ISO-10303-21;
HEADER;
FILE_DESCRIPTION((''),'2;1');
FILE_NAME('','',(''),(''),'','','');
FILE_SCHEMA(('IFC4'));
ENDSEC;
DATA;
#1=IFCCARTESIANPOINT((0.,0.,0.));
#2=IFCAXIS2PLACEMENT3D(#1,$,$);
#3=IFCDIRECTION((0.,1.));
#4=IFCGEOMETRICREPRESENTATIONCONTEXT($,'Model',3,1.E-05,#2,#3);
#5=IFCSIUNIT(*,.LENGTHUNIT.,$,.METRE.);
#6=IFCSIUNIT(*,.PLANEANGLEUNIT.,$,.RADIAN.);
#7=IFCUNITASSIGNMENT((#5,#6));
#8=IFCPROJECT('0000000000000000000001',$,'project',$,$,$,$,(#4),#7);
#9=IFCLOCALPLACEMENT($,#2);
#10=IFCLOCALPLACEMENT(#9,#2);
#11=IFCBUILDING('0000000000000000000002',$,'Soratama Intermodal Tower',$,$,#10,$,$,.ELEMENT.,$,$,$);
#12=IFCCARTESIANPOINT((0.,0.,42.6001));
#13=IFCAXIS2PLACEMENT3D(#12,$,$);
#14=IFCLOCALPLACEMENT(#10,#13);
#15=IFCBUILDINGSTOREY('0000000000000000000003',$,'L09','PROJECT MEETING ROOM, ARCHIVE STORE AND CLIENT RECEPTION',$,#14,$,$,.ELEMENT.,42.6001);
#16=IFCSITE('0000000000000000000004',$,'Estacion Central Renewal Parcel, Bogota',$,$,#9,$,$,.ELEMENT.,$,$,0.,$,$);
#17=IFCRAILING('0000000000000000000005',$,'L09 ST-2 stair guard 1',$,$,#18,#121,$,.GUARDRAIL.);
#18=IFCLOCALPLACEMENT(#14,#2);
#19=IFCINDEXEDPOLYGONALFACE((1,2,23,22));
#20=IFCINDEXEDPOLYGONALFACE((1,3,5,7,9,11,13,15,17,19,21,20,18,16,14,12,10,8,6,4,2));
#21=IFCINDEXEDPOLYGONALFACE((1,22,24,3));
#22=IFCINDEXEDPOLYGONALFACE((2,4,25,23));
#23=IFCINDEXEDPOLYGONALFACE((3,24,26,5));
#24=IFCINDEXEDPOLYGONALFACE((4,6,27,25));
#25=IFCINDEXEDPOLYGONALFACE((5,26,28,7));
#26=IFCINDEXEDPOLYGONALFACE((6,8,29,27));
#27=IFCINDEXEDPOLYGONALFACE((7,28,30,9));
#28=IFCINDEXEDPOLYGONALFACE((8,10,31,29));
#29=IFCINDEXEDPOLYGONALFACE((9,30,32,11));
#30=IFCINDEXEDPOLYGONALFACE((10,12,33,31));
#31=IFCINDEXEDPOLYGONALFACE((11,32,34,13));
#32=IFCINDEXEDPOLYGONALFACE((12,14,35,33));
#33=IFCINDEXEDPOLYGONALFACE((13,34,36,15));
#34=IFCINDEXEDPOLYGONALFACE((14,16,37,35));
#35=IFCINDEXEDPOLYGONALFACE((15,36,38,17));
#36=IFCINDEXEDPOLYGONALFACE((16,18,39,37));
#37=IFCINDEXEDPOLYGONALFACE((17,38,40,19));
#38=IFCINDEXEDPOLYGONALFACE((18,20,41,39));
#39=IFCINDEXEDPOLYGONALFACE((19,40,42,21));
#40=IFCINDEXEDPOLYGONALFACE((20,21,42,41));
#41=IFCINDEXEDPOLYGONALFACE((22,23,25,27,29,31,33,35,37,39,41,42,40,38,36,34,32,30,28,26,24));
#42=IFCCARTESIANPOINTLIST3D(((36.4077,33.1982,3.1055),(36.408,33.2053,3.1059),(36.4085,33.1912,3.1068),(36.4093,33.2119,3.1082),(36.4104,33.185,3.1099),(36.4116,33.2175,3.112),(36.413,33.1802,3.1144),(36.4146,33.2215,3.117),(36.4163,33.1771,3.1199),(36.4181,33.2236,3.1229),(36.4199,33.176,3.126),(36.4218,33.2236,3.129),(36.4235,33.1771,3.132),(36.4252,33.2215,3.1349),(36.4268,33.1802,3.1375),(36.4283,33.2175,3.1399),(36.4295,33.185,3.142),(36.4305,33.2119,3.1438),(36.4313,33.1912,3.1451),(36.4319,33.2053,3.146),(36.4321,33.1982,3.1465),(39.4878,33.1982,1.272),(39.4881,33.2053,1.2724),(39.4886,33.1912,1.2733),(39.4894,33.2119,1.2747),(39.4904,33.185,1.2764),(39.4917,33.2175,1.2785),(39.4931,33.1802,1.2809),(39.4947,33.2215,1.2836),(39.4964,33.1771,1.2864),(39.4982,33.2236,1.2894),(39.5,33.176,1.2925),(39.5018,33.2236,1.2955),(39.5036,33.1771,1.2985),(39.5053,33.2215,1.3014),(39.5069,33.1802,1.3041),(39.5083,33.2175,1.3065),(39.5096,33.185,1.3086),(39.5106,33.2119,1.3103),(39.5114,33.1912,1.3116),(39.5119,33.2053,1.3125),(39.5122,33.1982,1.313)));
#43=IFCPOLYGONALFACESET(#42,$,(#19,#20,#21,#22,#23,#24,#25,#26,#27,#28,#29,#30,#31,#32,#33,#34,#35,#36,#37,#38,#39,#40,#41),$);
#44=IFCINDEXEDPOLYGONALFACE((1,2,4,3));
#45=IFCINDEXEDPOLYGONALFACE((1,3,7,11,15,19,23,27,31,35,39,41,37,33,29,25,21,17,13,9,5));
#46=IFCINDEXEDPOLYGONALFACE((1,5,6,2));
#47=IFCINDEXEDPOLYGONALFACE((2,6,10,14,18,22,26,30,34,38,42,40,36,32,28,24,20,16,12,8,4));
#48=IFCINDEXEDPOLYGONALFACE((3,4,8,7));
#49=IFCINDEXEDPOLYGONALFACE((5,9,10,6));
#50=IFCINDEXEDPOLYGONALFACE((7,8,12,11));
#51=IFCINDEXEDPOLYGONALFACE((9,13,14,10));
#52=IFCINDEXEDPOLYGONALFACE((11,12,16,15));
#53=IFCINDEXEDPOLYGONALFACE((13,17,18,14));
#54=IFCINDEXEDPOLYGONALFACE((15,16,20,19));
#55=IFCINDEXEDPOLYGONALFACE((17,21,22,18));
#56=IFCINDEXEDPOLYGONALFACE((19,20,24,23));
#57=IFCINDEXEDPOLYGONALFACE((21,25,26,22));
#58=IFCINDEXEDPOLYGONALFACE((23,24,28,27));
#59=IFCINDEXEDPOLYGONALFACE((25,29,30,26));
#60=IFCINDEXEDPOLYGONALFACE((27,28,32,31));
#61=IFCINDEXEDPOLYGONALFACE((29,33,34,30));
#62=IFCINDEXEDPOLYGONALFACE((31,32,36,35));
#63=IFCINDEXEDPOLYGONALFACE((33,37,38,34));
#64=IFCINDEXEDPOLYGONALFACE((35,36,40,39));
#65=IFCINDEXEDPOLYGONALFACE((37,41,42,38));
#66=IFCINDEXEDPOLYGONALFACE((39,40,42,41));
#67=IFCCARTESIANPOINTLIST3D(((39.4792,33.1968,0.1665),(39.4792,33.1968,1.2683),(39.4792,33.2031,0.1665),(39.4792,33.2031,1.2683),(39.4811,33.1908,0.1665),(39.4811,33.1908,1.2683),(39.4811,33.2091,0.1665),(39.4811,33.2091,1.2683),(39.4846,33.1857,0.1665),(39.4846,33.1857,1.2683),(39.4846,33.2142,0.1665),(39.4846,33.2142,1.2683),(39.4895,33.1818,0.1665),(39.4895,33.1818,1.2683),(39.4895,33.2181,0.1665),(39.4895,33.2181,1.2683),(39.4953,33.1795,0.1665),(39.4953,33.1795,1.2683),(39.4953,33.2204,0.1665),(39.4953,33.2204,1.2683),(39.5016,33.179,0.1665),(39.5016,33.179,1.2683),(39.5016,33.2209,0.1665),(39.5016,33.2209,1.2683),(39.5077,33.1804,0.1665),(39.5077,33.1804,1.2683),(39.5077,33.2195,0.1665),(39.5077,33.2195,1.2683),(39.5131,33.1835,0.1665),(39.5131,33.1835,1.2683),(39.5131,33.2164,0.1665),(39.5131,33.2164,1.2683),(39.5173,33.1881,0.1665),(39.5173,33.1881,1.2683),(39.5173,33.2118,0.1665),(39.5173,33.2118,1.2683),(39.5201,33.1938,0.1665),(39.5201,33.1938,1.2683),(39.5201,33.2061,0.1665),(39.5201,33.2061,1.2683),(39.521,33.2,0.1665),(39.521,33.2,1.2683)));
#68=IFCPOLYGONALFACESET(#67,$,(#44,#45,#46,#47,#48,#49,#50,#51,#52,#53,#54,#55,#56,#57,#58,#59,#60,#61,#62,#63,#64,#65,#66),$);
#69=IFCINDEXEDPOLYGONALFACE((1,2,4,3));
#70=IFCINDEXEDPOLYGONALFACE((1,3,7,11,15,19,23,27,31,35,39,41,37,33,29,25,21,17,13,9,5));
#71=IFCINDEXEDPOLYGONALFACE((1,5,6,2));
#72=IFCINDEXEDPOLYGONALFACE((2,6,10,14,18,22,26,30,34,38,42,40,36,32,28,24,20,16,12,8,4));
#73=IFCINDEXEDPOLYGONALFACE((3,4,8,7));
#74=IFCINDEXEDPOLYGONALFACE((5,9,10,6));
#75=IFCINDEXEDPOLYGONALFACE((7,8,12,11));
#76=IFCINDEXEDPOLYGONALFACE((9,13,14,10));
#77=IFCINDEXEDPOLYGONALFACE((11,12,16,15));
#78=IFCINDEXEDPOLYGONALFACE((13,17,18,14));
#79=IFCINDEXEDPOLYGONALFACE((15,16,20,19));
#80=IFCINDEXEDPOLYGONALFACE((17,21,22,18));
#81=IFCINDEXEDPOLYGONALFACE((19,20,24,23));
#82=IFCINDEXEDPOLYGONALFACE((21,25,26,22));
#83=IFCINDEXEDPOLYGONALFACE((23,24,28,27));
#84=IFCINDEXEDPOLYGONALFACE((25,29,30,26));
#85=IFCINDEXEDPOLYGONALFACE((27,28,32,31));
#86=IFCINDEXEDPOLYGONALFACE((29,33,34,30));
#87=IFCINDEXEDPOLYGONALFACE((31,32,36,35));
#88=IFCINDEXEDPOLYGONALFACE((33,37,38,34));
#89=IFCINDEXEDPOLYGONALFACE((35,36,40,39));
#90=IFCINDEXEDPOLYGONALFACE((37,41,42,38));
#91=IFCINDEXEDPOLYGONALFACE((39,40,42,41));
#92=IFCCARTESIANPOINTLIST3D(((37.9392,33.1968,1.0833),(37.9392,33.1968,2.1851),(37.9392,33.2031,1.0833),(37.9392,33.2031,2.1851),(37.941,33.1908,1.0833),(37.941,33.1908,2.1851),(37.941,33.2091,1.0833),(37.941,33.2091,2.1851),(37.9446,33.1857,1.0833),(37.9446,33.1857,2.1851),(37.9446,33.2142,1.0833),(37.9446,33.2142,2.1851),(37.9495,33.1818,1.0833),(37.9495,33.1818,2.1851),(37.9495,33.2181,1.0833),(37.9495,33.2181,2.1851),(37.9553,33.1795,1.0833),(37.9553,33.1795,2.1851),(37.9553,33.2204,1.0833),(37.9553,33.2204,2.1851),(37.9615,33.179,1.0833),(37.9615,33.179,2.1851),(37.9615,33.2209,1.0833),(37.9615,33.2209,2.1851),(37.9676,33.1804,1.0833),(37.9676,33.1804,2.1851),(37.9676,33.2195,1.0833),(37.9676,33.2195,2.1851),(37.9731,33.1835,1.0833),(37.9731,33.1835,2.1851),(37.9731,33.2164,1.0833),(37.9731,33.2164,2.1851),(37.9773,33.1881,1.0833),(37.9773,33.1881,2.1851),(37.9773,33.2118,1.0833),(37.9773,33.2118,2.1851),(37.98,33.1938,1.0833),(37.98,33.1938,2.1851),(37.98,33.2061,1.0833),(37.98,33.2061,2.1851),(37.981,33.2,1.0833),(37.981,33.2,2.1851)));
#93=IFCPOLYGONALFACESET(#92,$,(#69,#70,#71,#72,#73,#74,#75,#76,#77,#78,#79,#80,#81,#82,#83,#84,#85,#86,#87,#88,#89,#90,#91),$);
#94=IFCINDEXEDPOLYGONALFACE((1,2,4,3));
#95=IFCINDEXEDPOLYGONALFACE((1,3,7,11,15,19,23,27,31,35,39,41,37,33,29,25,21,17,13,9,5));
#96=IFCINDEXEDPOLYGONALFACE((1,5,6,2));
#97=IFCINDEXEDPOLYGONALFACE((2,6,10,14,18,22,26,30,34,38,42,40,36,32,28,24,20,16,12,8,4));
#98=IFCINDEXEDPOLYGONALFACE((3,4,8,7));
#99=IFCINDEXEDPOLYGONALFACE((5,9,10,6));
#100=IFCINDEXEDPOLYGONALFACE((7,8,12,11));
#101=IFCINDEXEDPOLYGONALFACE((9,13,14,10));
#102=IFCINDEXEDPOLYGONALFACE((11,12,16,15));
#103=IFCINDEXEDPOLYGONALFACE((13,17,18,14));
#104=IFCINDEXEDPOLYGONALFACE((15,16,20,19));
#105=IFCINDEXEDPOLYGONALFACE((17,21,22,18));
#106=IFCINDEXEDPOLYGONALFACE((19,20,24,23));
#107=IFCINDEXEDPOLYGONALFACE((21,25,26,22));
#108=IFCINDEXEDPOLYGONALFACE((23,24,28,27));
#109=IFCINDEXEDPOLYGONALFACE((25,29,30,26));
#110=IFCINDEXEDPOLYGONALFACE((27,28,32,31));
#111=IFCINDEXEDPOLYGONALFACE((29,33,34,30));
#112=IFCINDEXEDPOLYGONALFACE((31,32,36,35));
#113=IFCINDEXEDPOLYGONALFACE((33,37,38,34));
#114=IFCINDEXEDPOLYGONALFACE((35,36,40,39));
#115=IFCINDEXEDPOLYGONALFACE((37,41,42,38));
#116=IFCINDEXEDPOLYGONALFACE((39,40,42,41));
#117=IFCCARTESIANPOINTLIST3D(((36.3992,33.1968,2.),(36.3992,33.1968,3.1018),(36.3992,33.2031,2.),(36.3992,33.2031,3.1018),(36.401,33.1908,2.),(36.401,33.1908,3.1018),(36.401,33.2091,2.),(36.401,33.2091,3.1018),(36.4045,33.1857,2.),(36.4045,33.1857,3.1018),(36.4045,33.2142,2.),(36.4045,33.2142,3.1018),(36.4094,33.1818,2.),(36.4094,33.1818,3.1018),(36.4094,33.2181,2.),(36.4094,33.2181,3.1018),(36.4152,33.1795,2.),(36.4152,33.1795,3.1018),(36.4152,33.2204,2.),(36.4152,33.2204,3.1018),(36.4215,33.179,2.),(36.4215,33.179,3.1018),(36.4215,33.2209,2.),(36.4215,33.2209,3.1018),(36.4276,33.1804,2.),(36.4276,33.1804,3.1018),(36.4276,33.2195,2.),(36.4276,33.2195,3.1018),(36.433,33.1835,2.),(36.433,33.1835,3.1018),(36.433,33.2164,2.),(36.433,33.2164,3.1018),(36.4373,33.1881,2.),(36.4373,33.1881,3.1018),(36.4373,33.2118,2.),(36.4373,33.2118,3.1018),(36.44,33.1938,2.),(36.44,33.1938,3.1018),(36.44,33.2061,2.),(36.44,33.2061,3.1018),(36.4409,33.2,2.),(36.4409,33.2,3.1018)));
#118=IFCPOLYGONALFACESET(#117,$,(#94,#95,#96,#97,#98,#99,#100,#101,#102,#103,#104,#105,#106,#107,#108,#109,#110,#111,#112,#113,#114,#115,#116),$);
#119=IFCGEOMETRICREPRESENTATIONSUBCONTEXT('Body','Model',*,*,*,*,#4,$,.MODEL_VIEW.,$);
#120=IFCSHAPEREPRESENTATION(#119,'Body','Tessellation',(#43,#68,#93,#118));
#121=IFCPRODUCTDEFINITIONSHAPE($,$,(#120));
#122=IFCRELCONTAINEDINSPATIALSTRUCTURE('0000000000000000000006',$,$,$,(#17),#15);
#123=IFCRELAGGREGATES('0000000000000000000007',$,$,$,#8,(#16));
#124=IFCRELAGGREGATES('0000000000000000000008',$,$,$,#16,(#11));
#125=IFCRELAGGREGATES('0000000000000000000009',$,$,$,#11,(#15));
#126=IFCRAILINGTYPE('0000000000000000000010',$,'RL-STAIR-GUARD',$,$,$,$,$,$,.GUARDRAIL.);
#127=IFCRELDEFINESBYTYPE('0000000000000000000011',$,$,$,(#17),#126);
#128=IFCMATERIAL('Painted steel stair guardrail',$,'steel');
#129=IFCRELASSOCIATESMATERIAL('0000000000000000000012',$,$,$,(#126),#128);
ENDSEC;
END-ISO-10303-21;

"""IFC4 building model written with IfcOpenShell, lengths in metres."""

from ifc_helpers import new_model, si_unit, direction, frame, origin, origin_2d, place, context, subcontext, project, spatial, circle, extrude, material, type_object, element, save


model = new_model("IFC4")

# Units and contexts
model_context = context("Model", 3, precision=1e-05, world=origin(), true_north=direction((0.0, 1.0)))
body_context = subcontext(model_context, "Body", "Model", "MODEL_VIEW")
ifc_project = project(units=[si_unit("LENGTHUNIT", "METRE"), si_unit("PLANEANGLEUNIT", "RADIAN")], contexts=[model_context])

# Site, building, storey
site_placement = place(None, origin())
site = spatial("IfcSite", under=ifc_project, at=site_placement, Name="Estacion Central Renewal Parcel, Bogota", CompositionType="ELEMENT", RefElevation=0.0)
building_placement = place(site_placement, origin())
building = spatial("IfcBuilding", under=site, at=building_placement, Name="Soratama Intermodal Tower", CompositionType="ELEMENT")
storey_placement = place(building_placement, frame((0.0, 0.0, 42.6001)))
storey = spatial("IfcBuildingStorey", under=building, at=storey_placement, Name="L09", Description="PROJECT MEETING ROOM, ARCHIVE STORE AND CLIENT RECEPTION", CompositionType="ELEMENT", Elevation=42.6001)

# Railing
ifc_material_1 = material(Name="Painted steel stair guardrail", Category="steel")
railing_type_1 = type_object("IfcRailingType", Name="RL-STAIR-GUARD", PredefinedType="GUARDRAIL", material=ifc_material_1)
railing_1_placement = place(storey_placement, frame((39.5, 33.2, 0.1665)))
element("IfcRailing", 1, at=railing_1_placement, inside=storey, type_object=railing_type_1, Name="L09 ST-2 stair guard 1", PredefinedType="GUARDRAIL", context=body_context, shape_type="SweptSolid", body=[
    extrude(circle(Radius=0.0239, at=origin_2d()), frame((0.0, 0.0, 1.126), z_axis=(-0.859279, 0.0, 0.511508), x_axis=(0.0, -1.0, 0.0)), (0.0, 0.0, 1.0), 3.5845),
    extrude(circle(Radius=0.021, at=origin_2d()), origin(), (0.0, 0.0, 1.0), 1.1018),
    extrude(circle(Radius=0.021, at=origin_2d()), frame((-1.54, 0.0, 0.9167)), (0.0, 0.0, 1.0), 1.1018),
    extrude(circle(Radius=0.021, at=origin_2d()), frame((-3.0801, 0.0, 1.8335)), (0.0, 0.0, 1.0), 1.1018),
])

save(model, "model.ifc")
